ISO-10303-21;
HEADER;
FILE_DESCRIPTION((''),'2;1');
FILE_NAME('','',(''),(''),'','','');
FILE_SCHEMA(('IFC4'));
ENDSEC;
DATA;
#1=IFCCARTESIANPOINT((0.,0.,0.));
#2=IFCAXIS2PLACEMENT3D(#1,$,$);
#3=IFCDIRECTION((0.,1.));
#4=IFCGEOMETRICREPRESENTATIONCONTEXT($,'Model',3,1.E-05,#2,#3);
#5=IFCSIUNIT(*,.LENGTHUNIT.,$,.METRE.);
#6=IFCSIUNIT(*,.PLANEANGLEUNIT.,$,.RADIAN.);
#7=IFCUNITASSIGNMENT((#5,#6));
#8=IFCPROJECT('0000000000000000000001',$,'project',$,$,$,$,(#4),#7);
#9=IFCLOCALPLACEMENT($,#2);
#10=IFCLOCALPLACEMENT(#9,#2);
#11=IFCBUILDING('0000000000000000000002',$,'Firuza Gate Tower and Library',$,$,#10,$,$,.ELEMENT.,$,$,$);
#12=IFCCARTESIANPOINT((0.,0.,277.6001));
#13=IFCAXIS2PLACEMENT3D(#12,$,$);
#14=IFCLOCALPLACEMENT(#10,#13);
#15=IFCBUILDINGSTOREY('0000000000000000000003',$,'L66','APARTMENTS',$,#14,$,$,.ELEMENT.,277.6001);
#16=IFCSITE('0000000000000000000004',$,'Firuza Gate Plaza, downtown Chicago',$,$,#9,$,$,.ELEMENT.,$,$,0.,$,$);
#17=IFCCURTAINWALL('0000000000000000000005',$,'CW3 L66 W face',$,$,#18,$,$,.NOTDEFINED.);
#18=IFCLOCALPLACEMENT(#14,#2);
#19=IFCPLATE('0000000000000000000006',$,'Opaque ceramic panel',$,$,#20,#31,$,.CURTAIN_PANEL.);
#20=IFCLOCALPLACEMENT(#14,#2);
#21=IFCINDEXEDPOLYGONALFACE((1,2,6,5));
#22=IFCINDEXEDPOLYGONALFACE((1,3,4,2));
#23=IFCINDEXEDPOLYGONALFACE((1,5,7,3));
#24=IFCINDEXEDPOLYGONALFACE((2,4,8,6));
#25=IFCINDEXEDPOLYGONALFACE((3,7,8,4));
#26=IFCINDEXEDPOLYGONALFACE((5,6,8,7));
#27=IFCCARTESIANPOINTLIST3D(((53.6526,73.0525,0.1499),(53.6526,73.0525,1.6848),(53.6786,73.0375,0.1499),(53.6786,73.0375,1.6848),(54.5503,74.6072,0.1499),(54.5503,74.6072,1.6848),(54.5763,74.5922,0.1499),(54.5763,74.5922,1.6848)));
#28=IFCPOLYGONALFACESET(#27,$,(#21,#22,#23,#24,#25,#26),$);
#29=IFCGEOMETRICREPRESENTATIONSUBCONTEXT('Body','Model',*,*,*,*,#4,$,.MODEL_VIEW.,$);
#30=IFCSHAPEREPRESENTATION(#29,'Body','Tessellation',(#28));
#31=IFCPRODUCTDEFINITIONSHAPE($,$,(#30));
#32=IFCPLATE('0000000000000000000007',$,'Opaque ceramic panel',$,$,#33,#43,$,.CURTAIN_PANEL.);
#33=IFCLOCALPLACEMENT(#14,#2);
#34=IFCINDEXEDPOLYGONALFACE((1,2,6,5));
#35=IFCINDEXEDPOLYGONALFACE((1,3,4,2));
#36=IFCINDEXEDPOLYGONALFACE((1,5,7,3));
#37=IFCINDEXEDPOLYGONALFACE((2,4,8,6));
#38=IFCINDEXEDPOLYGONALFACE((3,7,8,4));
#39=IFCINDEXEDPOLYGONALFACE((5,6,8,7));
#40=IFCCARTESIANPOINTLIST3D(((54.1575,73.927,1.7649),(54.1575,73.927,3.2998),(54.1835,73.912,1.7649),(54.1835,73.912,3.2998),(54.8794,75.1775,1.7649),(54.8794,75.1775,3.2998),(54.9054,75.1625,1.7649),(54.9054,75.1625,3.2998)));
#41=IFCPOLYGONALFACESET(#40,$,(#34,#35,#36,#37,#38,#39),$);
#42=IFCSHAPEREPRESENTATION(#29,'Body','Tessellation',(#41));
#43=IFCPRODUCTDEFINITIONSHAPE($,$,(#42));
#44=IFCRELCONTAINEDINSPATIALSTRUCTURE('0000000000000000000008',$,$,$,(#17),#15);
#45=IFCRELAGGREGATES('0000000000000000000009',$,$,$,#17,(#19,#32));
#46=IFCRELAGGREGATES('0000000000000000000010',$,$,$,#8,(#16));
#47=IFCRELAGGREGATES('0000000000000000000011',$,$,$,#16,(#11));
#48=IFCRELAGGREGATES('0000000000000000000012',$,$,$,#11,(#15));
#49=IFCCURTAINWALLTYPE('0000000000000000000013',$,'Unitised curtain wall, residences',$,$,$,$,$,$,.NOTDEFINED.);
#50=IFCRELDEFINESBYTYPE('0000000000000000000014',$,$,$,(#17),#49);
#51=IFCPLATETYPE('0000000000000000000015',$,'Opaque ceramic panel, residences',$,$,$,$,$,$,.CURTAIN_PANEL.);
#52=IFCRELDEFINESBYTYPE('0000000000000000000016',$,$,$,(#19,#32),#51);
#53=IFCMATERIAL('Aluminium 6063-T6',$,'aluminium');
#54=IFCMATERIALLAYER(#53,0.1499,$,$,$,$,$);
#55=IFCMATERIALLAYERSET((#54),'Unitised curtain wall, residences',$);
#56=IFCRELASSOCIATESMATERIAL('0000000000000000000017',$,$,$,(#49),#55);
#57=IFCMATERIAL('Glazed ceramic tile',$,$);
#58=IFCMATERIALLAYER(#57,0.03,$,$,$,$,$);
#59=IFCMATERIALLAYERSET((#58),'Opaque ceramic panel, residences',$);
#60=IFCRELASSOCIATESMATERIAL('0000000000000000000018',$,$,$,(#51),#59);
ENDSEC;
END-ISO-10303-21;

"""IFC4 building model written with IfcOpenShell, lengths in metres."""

from ifc_helpers import new_model, si_unit, direction, frame, origin, place, context, subcontext, project, spatial, polyline, outline, extrude, material, layer, layer_set, type_object, element, aggregate, save


model = new_model("IFC4")

# Units and contexts
model_context = context("Model", 3, precision=1e-05, world=origin(), true_north=direction((0.0, 1.0)))
body_context = subcontext(model_context, "Body", "Model", "MODEL_VIEW")
ifc_project = project(units=[si_unit("LENGTHUNIT", "METRE"), si_unit("PLANEANGLEUNIT", "RADIAN")], contexts=[model_context])

# Site, building, storey
site_placement = place(None, origin())
site = spatial("IfcSite", under=ifc_project, at=site_placement, Name="Firuza Gate Plaza, downtown Chicago", CompositionType="ELEMENT", RefElevation=0.0)
building_placement = place(site_placement, origin())
building = spatial("IfcBuilding", under=site, at=building_placement, Name="Firuza Gate Tower and Library", CompositionType="ELEMENT")
storey_placement = place(building_placement, frame((0.0, 0.0, 277.6001)))
storey = spatial("IfcBuildingStorey", under=building, at=storey_placement, Name="L66", Description="APARTMENTS", CompositionType="ELEMENT", Elevation=277.6001)

# Curtain wall
ifc_material_1 = material(Name="Aluminium 6063-T6", Category="aluminium")
ifc_layer_1 = layer(ifc_material_1, 0.1499)
ifc_layer_set_1 = layer_set([ifc_layer_1], Name="Unitised curtain wall, residences")
curtain_wall_type = type_object("IfcCurtainWallType", Name="Unitised curtain wall, residences", PredefinedType="NOTDEFINED", material=ifc_layer_set_1)
curtain_wall_placement = place(storey_placement, origin())
curtain_wall = element("IfcCurtainWall", 1, at=curtain_wall_placement, inside=storey, type_object=curtain_wall_type, Name="CW3 L66 W face", PredefinedType="NOTDEFINED")

# Plates
ifc_material_2 = material(Name="Glazed ceramic tile")
ifc_layer_2 = layer(ifc_material_2, 0.03)
ifc_layer_set_2 = layer_set([ifc_layer_2], Name="Opaque ceramic panel, residences")
plate_type_1 = type_object("IfcPlateType", Name="Opaque ceramic panel, residences", PredefinedType="CURTAIN_PANEL", material=ifc_layer_set_2)
plate_1_placement = place(storey_placement, frame((54.5503, 74.6072, 0.1499), z_axis=(-0.866, 0.500044, 0.0), x_axis=(-0.500044, -0.866, 0.0)))
plate_1 = element("IfcPlate", 2, at=plate_1_placement, type_object=plate_type_1, Name="Opaque ceramic panel", PredefinedType="CURTAIN_PANEL", context=body_context, shape_type="SweptSolid", body=[
    extrude(outline(polyline([(0.0, 0.0), (1.7953, 0.0), (1.7953, 1.5349), (0.0, 1.5349), (0.0, 0.0)])), origin(), (0.0, 0.0, -1.0), 0.03),
])
plate_2_placement = place(storey_placement, frame((54.8794, 75.1775, 1.7649), z_axis=(-0.866039, 0.499976, 0.0), x_axis=(-0.499976, -0.866039, 0.0)))
plate_2 = element("IfcPlate", 3, at=plate_2_placement, type_object=plate_type_1, Name="Opaque ceramic panel", PredefinedType="CURTAIN_PANEL", context=body_context, shape_type="SweptSolid", body=[
    extrude(outline(polyline([(0.0, 0.0), (1.4439, 0.0), (1.4439, 1.5349), (0.0, 1.5349), (0.0, 0.0)])), origin(), (0.0, 0.0, -1.0), 0.03),
])
aggregate(curtain_wall, [plate_1, plate_2])

save(model, "model.ifc")
